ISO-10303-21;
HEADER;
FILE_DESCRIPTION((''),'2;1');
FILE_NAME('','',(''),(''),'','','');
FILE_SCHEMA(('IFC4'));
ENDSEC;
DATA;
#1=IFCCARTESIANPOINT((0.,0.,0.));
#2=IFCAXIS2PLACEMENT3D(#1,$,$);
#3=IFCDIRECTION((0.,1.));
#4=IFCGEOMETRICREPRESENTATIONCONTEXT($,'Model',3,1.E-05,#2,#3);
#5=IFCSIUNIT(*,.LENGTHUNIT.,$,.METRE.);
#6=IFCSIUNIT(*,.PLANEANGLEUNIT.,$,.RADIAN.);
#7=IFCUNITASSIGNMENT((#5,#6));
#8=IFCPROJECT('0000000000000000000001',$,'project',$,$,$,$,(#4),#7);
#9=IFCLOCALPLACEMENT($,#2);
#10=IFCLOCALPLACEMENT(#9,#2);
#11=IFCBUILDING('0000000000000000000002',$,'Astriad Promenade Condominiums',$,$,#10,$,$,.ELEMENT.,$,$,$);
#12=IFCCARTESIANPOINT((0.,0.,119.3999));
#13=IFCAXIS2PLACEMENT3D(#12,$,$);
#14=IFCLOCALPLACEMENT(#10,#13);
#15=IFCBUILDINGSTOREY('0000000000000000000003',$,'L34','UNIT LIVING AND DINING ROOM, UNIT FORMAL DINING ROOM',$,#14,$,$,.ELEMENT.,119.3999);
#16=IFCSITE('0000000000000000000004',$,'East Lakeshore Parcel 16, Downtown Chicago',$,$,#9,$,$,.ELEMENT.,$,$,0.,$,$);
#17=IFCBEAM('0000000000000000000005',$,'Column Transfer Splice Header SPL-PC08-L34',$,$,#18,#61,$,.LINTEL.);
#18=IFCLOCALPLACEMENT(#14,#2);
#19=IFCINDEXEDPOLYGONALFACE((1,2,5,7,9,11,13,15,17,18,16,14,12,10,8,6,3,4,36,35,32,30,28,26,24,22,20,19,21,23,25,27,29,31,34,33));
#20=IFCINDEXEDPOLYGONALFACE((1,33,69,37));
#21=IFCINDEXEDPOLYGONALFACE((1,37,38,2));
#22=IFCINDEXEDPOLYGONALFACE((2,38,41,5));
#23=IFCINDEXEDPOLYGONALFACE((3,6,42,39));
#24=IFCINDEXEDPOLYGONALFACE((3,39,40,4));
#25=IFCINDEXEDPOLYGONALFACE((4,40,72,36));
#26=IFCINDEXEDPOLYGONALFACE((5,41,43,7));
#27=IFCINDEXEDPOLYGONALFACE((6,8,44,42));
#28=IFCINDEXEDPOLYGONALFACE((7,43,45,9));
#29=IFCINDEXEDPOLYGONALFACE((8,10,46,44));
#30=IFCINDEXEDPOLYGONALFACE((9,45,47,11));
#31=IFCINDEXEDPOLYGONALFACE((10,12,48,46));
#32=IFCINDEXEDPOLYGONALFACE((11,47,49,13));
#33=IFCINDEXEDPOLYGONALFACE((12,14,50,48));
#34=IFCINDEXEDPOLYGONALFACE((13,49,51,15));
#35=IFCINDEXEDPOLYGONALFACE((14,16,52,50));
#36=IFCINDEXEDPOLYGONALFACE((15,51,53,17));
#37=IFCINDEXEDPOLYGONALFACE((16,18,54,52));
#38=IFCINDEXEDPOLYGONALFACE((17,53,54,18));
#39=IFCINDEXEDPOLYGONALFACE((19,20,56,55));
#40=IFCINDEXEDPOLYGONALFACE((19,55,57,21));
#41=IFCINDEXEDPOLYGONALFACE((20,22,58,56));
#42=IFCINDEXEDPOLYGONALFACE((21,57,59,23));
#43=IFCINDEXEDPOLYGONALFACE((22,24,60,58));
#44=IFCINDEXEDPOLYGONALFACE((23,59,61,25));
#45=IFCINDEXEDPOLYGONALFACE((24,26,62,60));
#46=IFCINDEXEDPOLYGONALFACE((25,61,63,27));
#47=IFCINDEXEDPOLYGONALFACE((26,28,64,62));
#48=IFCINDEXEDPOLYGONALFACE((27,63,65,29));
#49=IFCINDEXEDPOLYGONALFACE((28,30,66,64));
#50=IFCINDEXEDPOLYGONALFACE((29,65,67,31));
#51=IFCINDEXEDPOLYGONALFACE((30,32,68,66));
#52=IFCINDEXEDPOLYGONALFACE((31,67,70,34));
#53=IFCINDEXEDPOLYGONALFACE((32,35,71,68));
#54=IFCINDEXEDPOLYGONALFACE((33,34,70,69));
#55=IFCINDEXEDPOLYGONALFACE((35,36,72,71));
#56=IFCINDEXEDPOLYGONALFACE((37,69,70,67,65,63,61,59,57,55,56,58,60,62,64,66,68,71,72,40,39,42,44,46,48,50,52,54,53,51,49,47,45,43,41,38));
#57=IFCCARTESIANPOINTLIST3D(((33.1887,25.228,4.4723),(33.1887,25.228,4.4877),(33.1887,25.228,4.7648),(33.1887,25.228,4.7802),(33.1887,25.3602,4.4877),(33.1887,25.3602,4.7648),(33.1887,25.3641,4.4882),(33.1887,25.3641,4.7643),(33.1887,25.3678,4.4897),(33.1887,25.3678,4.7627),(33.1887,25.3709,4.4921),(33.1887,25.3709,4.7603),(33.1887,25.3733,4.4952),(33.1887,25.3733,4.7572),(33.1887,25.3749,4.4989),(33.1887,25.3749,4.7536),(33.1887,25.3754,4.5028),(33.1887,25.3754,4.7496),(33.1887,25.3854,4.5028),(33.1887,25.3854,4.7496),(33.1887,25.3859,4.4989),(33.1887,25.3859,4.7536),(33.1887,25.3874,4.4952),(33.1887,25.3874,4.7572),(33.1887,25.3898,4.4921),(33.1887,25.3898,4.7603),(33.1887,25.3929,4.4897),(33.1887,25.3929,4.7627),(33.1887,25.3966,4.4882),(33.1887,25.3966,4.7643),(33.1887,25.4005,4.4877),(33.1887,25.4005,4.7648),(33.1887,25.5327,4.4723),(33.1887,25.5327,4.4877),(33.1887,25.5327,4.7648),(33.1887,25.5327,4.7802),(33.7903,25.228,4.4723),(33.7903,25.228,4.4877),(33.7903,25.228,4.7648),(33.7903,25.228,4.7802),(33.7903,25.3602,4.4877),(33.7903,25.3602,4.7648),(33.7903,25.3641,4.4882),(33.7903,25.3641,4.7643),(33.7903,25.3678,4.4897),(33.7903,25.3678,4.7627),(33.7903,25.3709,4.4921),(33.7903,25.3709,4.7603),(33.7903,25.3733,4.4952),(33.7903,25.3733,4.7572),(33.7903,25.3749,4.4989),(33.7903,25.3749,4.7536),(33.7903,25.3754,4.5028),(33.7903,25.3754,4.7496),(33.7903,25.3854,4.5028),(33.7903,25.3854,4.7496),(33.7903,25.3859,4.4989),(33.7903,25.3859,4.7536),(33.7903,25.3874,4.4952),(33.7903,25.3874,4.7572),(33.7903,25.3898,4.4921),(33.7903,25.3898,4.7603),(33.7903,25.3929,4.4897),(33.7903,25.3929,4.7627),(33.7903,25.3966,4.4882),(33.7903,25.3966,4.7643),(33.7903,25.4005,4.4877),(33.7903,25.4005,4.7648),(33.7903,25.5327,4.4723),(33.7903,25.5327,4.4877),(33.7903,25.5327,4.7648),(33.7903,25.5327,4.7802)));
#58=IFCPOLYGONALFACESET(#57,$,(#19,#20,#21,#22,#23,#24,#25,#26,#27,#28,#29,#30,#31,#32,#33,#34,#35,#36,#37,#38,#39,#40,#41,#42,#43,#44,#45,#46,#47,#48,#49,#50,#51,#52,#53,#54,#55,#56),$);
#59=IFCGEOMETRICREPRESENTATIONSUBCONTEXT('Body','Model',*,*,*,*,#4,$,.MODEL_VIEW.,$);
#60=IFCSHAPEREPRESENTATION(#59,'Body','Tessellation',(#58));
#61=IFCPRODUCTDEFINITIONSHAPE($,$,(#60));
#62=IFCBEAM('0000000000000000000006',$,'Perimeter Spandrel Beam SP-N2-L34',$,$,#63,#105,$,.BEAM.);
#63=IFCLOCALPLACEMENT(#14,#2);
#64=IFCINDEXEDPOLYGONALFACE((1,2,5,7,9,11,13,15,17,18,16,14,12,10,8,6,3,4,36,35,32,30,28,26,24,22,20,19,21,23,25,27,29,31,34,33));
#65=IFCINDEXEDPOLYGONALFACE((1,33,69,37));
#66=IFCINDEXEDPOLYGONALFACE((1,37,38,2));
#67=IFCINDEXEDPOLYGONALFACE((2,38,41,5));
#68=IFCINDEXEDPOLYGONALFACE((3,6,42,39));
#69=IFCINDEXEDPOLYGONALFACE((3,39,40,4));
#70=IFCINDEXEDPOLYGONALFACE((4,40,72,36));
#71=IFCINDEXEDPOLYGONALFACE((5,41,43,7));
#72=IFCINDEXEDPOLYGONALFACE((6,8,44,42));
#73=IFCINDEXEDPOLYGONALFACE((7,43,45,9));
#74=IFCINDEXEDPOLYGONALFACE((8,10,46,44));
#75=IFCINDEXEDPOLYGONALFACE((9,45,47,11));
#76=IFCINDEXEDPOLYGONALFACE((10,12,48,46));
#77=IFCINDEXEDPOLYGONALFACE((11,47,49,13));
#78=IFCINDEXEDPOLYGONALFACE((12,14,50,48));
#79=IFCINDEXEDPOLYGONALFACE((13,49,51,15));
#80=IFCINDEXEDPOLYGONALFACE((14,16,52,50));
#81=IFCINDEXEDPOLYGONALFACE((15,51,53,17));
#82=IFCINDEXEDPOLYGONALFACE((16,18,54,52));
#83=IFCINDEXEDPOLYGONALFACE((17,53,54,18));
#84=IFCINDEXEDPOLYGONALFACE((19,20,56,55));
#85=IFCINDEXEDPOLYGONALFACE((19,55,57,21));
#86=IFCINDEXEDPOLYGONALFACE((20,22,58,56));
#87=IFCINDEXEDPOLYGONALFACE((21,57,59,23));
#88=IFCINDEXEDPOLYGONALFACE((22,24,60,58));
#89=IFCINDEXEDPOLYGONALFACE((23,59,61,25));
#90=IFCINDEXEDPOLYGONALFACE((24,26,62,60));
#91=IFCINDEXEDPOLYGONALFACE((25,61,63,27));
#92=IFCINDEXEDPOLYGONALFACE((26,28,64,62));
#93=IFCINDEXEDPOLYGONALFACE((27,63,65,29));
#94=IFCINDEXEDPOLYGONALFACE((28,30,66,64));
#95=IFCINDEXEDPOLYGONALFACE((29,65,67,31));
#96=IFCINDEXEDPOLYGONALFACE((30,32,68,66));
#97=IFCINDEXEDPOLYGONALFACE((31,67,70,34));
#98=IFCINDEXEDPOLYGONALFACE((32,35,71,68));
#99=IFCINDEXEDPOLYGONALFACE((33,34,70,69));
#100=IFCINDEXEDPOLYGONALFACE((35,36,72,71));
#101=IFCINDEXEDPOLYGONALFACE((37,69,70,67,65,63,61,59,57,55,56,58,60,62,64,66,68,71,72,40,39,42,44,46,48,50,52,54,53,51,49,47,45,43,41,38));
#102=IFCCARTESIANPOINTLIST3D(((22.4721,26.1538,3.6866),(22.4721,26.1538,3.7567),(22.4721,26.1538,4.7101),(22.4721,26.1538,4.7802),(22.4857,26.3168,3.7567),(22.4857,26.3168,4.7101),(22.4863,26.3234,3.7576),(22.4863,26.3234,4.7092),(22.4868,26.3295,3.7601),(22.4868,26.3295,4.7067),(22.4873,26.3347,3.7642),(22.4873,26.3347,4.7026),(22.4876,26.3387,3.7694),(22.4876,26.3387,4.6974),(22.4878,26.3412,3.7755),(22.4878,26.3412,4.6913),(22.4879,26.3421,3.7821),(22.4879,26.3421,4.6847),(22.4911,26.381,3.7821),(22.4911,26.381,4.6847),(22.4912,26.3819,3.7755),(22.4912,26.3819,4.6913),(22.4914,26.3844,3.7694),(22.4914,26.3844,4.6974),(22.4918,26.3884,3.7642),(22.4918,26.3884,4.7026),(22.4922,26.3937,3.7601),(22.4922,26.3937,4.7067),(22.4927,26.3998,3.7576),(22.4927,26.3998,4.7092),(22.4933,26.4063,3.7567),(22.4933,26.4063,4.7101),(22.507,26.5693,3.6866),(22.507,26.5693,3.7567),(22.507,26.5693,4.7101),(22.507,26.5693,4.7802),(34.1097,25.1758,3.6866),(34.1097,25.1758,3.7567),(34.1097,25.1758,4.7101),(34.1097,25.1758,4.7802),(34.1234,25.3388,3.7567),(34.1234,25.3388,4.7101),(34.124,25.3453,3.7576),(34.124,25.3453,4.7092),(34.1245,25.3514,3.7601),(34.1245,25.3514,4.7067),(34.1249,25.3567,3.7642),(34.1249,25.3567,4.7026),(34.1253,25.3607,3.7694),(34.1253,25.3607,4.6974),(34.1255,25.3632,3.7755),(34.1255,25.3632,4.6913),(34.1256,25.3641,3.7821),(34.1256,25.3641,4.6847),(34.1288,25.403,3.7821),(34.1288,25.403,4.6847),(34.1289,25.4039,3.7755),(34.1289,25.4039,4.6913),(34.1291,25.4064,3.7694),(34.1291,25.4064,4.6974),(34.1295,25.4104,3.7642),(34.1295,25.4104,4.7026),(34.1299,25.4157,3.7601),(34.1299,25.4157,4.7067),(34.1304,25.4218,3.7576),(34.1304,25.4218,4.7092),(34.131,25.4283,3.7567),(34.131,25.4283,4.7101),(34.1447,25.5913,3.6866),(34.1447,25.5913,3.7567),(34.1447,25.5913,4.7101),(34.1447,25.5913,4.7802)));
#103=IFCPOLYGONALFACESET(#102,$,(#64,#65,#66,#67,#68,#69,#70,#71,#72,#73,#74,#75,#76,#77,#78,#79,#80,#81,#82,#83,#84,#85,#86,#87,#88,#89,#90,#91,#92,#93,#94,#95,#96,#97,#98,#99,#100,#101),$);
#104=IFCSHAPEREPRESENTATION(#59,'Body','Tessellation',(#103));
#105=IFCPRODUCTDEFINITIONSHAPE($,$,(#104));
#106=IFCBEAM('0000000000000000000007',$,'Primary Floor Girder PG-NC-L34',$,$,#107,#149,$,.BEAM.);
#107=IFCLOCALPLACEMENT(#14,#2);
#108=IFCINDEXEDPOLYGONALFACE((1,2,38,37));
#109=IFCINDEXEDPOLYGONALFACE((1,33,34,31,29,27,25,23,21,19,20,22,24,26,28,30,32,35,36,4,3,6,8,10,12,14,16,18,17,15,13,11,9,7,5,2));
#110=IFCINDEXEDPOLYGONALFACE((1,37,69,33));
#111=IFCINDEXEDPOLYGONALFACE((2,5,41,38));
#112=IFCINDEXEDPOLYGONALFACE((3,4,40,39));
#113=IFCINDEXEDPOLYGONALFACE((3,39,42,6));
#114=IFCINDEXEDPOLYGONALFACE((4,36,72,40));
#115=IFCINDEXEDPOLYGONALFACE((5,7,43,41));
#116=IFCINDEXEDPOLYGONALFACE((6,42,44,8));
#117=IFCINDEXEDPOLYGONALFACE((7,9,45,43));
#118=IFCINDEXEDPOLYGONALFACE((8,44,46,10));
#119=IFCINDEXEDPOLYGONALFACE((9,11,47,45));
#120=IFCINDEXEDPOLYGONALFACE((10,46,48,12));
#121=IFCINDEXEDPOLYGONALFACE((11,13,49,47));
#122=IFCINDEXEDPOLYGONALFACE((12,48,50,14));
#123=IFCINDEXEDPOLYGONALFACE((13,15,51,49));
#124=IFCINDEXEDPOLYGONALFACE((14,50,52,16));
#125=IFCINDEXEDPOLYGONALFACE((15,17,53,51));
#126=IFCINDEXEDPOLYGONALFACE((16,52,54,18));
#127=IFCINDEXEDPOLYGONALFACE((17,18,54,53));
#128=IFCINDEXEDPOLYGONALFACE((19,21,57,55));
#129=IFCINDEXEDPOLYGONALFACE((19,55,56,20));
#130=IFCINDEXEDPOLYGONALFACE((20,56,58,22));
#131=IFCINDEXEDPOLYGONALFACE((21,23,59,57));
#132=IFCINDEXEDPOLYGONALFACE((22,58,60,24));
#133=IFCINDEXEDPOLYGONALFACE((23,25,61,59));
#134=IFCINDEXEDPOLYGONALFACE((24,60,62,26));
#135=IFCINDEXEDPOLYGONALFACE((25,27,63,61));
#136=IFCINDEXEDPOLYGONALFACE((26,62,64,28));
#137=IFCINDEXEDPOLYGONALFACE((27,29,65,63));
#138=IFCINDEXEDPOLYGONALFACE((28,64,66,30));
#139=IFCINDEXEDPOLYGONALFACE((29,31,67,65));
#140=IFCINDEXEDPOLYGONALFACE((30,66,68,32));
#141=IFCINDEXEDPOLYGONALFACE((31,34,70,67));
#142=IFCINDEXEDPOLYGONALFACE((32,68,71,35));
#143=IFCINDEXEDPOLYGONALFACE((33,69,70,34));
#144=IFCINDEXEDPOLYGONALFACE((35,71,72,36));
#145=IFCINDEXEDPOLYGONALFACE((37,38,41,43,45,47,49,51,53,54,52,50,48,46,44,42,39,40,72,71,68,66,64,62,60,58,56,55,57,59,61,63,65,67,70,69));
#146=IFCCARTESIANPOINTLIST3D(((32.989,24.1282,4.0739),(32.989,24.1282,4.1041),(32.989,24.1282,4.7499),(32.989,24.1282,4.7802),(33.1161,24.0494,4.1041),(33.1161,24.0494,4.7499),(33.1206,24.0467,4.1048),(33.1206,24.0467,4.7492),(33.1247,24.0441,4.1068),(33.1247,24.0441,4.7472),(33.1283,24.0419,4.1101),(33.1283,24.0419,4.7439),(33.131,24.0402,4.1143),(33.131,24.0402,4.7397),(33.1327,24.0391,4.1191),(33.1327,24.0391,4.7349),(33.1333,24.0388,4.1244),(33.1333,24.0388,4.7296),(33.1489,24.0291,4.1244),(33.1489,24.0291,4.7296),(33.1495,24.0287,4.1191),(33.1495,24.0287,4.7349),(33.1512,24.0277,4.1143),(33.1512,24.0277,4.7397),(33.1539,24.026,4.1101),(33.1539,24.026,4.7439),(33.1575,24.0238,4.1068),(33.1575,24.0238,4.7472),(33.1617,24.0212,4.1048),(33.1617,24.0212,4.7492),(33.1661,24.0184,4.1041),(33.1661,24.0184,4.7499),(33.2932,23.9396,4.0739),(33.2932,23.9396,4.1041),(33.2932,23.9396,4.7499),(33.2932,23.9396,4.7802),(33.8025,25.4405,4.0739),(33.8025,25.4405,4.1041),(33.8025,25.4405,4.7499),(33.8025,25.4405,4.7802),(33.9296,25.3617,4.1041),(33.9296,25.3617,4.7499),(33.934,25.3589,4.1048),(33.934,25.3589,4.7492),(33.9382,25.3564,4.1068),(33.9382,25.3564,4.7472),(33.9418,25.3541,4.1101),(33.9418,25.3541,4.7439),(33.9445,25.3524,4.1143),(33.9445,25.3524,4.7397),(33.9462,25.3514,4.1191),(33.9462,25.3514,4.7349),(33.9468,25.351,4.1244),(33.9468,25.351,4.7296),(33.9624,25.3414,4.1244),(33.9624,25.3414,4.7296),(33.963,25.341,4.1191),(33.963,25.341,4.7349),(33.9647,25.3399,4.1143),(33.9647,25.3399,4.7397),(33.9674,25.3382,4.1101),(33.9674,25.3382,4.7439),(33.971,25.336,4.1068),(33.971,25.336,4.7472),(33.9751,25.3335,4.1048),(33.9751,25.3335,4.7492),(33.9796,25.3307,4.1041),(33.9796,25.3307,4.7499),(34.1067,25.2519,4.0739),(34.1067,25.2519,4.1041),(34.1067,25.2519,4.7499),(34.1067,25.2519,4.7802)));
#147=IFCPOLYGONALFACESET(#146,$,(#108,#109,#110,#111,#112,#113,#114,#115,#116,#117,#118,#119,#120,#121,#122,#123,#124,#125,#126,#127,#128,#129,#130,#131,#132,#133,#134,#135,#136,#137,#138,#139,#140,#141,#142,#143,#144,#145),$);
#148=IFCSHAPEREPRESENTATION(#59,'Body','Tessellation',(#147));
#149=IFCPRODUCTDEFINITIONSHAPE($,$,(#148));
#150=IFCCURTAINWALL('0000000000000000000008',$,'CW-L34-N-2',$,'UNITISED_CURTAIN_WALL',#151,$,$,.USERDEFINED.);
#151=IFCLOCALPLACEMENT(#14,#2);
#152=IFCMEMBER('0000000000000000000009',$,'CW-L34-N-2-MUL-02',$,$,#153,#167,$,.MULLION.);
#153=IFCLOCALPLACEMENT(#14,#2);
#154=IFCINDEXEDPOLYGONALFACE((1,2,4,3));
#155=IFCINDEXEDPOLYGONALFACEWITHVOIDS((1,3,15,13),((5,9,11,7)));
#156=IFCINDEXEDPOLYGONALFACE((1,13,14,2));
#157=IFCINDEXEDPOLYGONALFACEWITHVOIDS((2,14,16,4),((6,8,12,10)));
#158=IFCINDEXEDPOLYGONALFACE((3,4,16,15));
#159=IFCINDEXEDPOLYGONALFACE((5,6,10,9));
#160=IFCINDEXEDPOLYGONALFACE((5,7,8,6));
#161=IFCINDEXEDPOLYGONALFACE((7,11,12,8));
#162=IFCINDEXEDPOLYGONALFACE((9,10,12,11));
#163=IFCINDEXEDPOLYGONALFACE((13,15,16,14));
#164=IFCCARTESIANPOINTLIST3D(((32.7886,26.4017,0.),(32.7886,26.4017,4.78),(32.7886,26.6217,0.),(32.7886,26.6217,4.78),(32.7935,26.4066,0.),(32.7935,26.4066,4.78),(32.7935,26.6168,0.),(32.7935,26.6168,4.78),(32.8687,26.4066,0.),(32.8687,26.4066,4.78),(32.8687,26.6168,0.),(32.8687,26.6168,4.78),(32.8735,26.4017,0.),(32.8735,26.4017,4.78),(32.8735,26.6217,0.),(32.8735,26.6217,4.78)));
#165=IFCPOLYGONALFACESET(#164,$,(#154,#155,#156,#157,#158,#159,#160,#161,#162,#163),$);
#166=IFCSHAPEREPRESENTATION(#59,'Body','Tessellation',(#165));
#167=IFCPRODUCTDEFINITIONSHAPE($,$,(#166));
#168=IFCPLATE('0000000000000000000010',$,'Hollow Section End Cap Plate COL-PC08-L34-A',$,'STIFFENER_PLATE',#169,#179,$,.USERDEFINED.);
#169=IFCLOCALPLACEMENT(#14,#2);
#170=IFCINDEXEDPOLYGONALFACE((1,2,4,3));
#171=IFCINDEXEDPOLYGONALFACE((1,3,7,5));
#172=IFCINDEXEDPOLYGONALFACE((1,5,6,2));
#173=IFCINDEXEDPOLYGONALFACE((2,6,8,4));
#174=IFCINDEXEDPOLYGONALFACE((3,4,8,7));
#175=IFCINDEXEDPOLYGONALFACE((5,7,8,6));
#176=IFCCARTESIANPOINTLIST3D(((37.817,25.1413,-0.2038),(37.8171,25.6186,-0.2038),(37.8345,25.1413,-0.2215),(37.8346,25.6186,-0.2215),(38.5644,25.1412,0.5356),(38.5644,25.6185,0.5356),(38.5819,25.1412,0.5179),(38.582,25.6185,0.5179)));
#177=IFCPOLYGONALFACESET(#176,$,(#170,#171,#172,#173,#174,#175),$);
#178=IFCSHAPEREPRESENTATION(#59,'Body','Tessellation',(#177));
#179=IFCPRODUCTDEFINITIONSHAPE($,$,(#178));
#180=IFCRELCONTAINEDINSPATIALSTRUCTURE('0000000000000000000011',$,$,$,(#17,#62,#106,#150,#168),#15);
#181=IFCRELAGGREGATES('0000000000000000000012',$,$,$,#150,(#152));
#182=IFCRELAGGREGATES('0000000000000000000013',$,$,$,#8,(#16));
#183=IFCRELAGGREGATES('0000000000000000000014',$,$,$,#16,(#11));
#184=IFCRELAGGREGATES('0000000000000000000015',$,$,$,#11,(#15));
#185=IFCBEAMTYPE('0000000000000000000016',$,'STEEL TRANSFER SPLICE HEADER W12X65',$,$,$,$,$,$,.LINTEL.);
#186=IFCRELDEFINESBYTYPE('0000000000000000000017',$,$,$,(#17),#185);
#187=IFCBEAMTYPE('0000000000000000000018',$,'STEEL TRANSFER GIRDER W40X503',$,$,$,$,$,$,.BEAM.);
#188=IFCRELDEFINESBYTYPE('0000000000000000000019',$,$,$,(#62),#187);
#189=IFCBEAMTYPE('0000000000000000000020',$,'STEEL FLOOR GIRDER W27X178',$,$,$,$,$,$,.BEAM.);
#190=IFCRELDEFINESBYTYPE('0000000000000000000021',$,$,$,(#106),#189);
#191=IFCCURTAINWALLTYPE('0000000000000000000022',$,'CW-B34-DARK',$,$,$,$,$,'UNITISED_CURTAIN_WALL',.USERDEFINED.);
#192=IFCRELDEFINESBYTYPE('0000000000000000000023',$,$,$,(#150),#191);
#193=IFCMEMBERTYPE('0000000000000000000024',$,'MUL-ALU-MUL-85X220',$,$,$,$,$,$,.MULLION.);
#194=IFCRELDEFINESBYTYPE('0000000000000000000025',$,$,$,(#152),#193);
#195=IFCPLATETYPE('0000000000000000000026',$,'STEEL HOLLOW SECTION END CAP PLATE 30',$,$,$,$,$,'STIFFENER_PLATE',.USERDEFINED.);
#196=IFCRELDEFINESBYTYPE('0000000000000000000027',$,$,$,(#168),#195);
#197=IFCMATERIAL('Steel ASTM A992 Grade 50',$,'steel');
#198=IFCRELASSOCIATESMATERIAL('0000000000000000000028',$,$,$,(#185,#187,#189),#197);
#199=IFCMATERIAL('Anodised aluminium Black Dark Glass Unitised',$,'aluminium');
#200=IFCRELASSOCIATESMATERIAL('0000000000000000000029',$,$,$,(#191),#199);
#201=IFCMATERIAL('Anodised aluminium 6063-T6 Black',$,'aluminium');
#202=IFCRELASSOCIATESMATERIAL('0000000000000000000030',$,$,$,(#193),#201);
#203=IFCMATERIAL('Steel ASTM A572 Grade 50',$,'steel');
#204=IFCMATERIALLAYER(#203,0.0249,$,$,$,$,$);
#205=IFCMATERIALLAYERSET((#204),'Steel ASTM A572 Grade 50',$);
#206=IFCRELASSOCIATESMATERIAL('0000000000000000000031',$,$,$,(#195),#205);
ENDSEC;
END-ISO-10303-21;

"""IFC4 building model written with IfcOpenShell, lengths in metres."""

from ifc_helpers import new_model, si_unit, direction, frame, origin, origin_2d, place, context, subcontext, project, spatial, rectangle, hollow_rectangle, i_section, extrude, source, transform, mapped, material, layer, layer_set, material_profile, profile_set, type_object, type_shapes, element, aggregate, save


model = new_model("IFC4")

# Units and contexts
model_context = context("Model", 3, precision=1e-05, world=origin(), true_north=direction((0.0, 1.0)))
body_context = subcontext(model_context, "Body", "Model", "MODEL_VIEW")
ifc_project = project(units=[si_unit("LENGTHUNIT", "METRE"), si_unit("PLANEANGLEUNIT", "RADIAN")], contexts=[model_context])

# Site, building, storey
site_placement = place(None, origin())
site = spatial("IfcSite", under=ifc_project, at=site_placement, Name="East Lakeshore Parcel 16, Downtown Chicago", CompositionType="ELEMENT", RefElevation=0.0)
building_placement = place(site_placement, origin())
building = spatial("IfcBuilding", under=site, at=building_placement, Name="Astriad Promenade Condominiums", CompositionType="ELEMENT")
storey_placement = place(building_placement, frame((0.0, 0.0, 119.3999)))
storey = spatial("IfcBuildingStorey", under=building, at=storey_placement, Name="L34", Description="UNIT LIVING AND DINING ROOM, UNIT FORMAL DINING ROOM", CompositionType="ELEMENT", Elevation=119.3999)

# Shared definitions
ifc_material_1 = material(Name="Steel ASTM A992 Grade 50", Category="steel")

# Beams
ifc_material_profile_1 = material_profile(ifc_material_1, i_section(OverallWidth=0.3047, OverallDepth=0.3079, WebThickness=0.01, FlangeThickness=0.0154, FilletRadius=0.0151, at=origin_2d()), Name="W12X65")
ifc_profile_set_1 = profile_set([ifc_material_profile_1], Name="Steel ASTM A992 Grade 50")
beam_type_1 = type_object("IfcBeamType", Name="STEEL TRANSFER SPLICE HEADER W12X65", PredefinedType="LINTEL", material=ifc_profile_set_1)
shared_shape_1 = source(origin(), body_context, "Body", "SweptSolid", [
    extrude(i_section(OverallWidth=0.3047, OverallDepth=0.3079, WebThickness=0.01, FlangeThickness=0.0154, FilletRadius=0.0151, at=origin_2d()), origin(), (0.0, 0.0, 1.0), 0.6016),
])
type_shapes(beam_type_1, [shared_shape_1])
beam_1_placement = place(storey_placement, frame((33.7903, 25.3804, 4.6262), z_axis=(-1.0, 0.0, 0.0), x_axis=(0.0, -1.0, 0.0)))
element("IfcBeam", 1, at=beam_1_placement, inside=storey, type_object=beam_type_1, Name="Column Transfer Splice Header SPL-PC08-L34", PredefinedType="LINTEL", context=body_context, shape_type="MappedRepresentation", body=[
    mapped(shared_shape_1, transform((0.0, 0.0, 0.0), scale=1.0)),
])
ifc_material_profile_2 = material_profile(ifc_material_1, i_section(OverallWidth=0.417, OverallDepth=1.0935, WebThickness=0.0391, FlangeThickness=0.0701, FilletRadius=0.0254, at=origin_2d()), Name="W40X503")
ifc_profile_set_2 = profile_set([ifc_material_profile_2], Name="Steel ASTM A992 Grade 50")
beam_type_2 = type_object("IfcBeamType", Name="STEEL TRANSFER GIRDER W40X503", PredefinedType="BEAM", material=ifc_profile_set_2)
shared_shape_2 = source(origin(), body_context, "Body", "SweptSolid", [
    extrude(i_section(OverallWidth=0.417, OverallDepth=1.0935, WebThickness=0.0391, FlangeThickness=0.0701, FilletRadius=0.0254, at=origin_2d()), origin(), (0.0, 0.0, 1.0), 11.6787),
])
type_shapes(beam_type_2, [shared_shape_2])
beam_2_placement = place(storey_placement, frame((34.1272, 25.3835, 4.2334), z_axis=(-0.996487, 0.083744, 0.0), x_axis=(-0.083744, -0.996487, 0.0)))
element("IfcBeam", 2, at=beam_2_placement, inside=storey, type_object=beam_type_2, Name="Perimeter Spandrel Beam SP-N2-L34", PredefinedType="BEAM", context=body_context, shape_type="MappedRepresentation", body=[
    mapped(shared_shape_2, transform((0.0, 0.0, 0.0), scale=1.0)),
])
ifc_material_profile_3 = material_profile(ifc_material_1, i_section(OverallWidth=0.3579, OverallDepth=0.7063, WebThickness=0.0183, FlangeThickness=0.0303, FilletRadius=0.0203, at=origin_2d()), Name="W27X178")
ifc_profile_set_3 = profile_set([ifc_material_profile_3], Name="Steel ASTM A992 Grade 50")
beam_type_3 = type_object("IfcBeamType", Name="STEEL FLOOR GIRDER W27X178", PredefinedType="BEAM", material=ifc_profile_set_3)
shared_shape_3 = source(origin(), body_context, "Body", "SweptSolid", [
    extrude(i_section(OverallWidth=0.3579, OverallDepth=0.7063, WebThickness=0.0183, FlangeThickness=0.0303, FilletRadius=0.0203, at=origin_2d()), origin(), (0.0, 0.0, 1.0), 1.5439),
])
type_shapes(beam_type_3, [shared_shape_3])
beam_3_placement = place(storey_placement, frame((33.9546, 25.3462, 4.427), z_axis=(-0.526883, -0.849938, 0.0), x_axis=(0.849938, -0.526883, 0.0)))
element("IfcBeam", 3, at=beam_3_placement, inside=storey, type_object=beam_type_3, Name="Primary Floor Girder PG-NC-L34", PredefinedType="BEAM", context=body_context, shape_type="MappedRepresentation", body=[
    mapped(shared_shape_3, transform((0.0, 0.0, 0.0), scale=1.0)),
])

# Curtain wall, member
ifc_material_2 = material(Name="Anodised aluminium Black Dark Glass Unitised", Category="aluminium")
curtain_wall_type = type_object("IfcCurtainWallType", Name="CW-B34-DARK", ElementType="UNITISED_CURTAIN_WALL", PredefinedType="USERDEFINED", material=ifc_material_2)
curtain_wall_placement = place(storey_placement, origin())
curtain_wall = element("IfcCurtainWall", 4, at=curtain_wall_placement, inside=storey, type_object=curtain_wall_type, Name="CW-L34-N-2", ObjectType="UNITISED_CURTAIN_WALL", PredefinedType="USERDEFINED")
ifc_material_3 = material(Name="Anodised aluminium 6063-T6 Black", Category="aluminium")
ifc_material_profile_4 = material_profile(ifc_material_3, hollow_rectangle(XDim=0.085, YDim=0.22, WallThickness=0.0049, at=origin_2d()), Name="ALU-MUL-85X220")
ifc_profile_set_4 = profile_set([ifc_material_profile_4], Name="Anodised aluminium 6063-T6 Black")
member_type = type_object("IfcMemberType", Name="MUL-ALU-MUL-85X220", PredefinedType="MULLION", material=ifc_profile_set_4)
shared_shape_4 = source(origin(), body_context, "Body", "SweptSolid", [
    extrude(hollow_rectangle(XDim=0.085, YDim=0.22, WallThickness=0.0049, at=origin_2d()), origin(), (0.0, 0.0, 1.0), 4.78),
])
type_shapes(member_type, [shared_shape_4])
member_placement = place(storey_placement, frame((32.8311, 26.5117, 0.0), z_axis=(0.0, 0.0, 1.0), x_axis=(1.0, 0.0, 0.0)))
member = element("IfcMember", 5, at=member_placement, type_object=member_type, Name="CW-L34-N-2-MUL-02", PredefinedType="MULLION", context=body_context, shape_type="MappedRepresentation", body=[
    mapped(shared_shape_4, transform((0.0, 0.0, 0.0), scale=1.0)),
])
aggregate(curtain_wall, [member])

# Plate
ifc_material_4 = material(Name="Steel ASTM A572 Grade 50", Category="steel")
ifc_layer_1 = layer(ifc_material_4, 0.0249)
ifc_layer_set_1 = layer_set([ifc_layer_1], Name="Steel ASTM A572 Grade 50")
plate_type = type_object("IfcPlateType", Name="STEEL HOLLOW SECTION END CAP PLATE 30", ElementType="STIFFENER_PLATE", PredefinedType="USERDEFINED", material=ifc_layer_set_1)
shared_shape_5 = source(origin(), body_context, "Body", "SweptSolid", [
    extrude(rectangle(XDim=0.4773, YDim=1.0513, at=origin_2d()), origin(), (0.0, 0.0, 1.0), 0.0249),
])
type_shapes(plate_type, [shared_shape_5])
for number, where, z_axis, x_axis, name in (
    (6, (38.2083, 25.3799, 0.1482), (-0.703261, 0.000048, 0.710932), (-0.000068, -1.0, 0.0), "Hollow Section End Cap Plate COL-PC08-L34-A"),
):
    element("IfcPlate", number, at=place(storey_placement, frame(where, z_axis=z_axis, x_axis=x_axis)), inside=storey, type_object=plate_type, Name=name, ObjectType="STIFFENER_PLATE", PredefinedType="USERDEFINED", context=body_context, shape_type="MappedRepresentation", body=[
        mapped(shared_shape_5, transform((0.0, 0.0, 0.0), scale=1.0)),
    ])

save(model, "model.ifc")
